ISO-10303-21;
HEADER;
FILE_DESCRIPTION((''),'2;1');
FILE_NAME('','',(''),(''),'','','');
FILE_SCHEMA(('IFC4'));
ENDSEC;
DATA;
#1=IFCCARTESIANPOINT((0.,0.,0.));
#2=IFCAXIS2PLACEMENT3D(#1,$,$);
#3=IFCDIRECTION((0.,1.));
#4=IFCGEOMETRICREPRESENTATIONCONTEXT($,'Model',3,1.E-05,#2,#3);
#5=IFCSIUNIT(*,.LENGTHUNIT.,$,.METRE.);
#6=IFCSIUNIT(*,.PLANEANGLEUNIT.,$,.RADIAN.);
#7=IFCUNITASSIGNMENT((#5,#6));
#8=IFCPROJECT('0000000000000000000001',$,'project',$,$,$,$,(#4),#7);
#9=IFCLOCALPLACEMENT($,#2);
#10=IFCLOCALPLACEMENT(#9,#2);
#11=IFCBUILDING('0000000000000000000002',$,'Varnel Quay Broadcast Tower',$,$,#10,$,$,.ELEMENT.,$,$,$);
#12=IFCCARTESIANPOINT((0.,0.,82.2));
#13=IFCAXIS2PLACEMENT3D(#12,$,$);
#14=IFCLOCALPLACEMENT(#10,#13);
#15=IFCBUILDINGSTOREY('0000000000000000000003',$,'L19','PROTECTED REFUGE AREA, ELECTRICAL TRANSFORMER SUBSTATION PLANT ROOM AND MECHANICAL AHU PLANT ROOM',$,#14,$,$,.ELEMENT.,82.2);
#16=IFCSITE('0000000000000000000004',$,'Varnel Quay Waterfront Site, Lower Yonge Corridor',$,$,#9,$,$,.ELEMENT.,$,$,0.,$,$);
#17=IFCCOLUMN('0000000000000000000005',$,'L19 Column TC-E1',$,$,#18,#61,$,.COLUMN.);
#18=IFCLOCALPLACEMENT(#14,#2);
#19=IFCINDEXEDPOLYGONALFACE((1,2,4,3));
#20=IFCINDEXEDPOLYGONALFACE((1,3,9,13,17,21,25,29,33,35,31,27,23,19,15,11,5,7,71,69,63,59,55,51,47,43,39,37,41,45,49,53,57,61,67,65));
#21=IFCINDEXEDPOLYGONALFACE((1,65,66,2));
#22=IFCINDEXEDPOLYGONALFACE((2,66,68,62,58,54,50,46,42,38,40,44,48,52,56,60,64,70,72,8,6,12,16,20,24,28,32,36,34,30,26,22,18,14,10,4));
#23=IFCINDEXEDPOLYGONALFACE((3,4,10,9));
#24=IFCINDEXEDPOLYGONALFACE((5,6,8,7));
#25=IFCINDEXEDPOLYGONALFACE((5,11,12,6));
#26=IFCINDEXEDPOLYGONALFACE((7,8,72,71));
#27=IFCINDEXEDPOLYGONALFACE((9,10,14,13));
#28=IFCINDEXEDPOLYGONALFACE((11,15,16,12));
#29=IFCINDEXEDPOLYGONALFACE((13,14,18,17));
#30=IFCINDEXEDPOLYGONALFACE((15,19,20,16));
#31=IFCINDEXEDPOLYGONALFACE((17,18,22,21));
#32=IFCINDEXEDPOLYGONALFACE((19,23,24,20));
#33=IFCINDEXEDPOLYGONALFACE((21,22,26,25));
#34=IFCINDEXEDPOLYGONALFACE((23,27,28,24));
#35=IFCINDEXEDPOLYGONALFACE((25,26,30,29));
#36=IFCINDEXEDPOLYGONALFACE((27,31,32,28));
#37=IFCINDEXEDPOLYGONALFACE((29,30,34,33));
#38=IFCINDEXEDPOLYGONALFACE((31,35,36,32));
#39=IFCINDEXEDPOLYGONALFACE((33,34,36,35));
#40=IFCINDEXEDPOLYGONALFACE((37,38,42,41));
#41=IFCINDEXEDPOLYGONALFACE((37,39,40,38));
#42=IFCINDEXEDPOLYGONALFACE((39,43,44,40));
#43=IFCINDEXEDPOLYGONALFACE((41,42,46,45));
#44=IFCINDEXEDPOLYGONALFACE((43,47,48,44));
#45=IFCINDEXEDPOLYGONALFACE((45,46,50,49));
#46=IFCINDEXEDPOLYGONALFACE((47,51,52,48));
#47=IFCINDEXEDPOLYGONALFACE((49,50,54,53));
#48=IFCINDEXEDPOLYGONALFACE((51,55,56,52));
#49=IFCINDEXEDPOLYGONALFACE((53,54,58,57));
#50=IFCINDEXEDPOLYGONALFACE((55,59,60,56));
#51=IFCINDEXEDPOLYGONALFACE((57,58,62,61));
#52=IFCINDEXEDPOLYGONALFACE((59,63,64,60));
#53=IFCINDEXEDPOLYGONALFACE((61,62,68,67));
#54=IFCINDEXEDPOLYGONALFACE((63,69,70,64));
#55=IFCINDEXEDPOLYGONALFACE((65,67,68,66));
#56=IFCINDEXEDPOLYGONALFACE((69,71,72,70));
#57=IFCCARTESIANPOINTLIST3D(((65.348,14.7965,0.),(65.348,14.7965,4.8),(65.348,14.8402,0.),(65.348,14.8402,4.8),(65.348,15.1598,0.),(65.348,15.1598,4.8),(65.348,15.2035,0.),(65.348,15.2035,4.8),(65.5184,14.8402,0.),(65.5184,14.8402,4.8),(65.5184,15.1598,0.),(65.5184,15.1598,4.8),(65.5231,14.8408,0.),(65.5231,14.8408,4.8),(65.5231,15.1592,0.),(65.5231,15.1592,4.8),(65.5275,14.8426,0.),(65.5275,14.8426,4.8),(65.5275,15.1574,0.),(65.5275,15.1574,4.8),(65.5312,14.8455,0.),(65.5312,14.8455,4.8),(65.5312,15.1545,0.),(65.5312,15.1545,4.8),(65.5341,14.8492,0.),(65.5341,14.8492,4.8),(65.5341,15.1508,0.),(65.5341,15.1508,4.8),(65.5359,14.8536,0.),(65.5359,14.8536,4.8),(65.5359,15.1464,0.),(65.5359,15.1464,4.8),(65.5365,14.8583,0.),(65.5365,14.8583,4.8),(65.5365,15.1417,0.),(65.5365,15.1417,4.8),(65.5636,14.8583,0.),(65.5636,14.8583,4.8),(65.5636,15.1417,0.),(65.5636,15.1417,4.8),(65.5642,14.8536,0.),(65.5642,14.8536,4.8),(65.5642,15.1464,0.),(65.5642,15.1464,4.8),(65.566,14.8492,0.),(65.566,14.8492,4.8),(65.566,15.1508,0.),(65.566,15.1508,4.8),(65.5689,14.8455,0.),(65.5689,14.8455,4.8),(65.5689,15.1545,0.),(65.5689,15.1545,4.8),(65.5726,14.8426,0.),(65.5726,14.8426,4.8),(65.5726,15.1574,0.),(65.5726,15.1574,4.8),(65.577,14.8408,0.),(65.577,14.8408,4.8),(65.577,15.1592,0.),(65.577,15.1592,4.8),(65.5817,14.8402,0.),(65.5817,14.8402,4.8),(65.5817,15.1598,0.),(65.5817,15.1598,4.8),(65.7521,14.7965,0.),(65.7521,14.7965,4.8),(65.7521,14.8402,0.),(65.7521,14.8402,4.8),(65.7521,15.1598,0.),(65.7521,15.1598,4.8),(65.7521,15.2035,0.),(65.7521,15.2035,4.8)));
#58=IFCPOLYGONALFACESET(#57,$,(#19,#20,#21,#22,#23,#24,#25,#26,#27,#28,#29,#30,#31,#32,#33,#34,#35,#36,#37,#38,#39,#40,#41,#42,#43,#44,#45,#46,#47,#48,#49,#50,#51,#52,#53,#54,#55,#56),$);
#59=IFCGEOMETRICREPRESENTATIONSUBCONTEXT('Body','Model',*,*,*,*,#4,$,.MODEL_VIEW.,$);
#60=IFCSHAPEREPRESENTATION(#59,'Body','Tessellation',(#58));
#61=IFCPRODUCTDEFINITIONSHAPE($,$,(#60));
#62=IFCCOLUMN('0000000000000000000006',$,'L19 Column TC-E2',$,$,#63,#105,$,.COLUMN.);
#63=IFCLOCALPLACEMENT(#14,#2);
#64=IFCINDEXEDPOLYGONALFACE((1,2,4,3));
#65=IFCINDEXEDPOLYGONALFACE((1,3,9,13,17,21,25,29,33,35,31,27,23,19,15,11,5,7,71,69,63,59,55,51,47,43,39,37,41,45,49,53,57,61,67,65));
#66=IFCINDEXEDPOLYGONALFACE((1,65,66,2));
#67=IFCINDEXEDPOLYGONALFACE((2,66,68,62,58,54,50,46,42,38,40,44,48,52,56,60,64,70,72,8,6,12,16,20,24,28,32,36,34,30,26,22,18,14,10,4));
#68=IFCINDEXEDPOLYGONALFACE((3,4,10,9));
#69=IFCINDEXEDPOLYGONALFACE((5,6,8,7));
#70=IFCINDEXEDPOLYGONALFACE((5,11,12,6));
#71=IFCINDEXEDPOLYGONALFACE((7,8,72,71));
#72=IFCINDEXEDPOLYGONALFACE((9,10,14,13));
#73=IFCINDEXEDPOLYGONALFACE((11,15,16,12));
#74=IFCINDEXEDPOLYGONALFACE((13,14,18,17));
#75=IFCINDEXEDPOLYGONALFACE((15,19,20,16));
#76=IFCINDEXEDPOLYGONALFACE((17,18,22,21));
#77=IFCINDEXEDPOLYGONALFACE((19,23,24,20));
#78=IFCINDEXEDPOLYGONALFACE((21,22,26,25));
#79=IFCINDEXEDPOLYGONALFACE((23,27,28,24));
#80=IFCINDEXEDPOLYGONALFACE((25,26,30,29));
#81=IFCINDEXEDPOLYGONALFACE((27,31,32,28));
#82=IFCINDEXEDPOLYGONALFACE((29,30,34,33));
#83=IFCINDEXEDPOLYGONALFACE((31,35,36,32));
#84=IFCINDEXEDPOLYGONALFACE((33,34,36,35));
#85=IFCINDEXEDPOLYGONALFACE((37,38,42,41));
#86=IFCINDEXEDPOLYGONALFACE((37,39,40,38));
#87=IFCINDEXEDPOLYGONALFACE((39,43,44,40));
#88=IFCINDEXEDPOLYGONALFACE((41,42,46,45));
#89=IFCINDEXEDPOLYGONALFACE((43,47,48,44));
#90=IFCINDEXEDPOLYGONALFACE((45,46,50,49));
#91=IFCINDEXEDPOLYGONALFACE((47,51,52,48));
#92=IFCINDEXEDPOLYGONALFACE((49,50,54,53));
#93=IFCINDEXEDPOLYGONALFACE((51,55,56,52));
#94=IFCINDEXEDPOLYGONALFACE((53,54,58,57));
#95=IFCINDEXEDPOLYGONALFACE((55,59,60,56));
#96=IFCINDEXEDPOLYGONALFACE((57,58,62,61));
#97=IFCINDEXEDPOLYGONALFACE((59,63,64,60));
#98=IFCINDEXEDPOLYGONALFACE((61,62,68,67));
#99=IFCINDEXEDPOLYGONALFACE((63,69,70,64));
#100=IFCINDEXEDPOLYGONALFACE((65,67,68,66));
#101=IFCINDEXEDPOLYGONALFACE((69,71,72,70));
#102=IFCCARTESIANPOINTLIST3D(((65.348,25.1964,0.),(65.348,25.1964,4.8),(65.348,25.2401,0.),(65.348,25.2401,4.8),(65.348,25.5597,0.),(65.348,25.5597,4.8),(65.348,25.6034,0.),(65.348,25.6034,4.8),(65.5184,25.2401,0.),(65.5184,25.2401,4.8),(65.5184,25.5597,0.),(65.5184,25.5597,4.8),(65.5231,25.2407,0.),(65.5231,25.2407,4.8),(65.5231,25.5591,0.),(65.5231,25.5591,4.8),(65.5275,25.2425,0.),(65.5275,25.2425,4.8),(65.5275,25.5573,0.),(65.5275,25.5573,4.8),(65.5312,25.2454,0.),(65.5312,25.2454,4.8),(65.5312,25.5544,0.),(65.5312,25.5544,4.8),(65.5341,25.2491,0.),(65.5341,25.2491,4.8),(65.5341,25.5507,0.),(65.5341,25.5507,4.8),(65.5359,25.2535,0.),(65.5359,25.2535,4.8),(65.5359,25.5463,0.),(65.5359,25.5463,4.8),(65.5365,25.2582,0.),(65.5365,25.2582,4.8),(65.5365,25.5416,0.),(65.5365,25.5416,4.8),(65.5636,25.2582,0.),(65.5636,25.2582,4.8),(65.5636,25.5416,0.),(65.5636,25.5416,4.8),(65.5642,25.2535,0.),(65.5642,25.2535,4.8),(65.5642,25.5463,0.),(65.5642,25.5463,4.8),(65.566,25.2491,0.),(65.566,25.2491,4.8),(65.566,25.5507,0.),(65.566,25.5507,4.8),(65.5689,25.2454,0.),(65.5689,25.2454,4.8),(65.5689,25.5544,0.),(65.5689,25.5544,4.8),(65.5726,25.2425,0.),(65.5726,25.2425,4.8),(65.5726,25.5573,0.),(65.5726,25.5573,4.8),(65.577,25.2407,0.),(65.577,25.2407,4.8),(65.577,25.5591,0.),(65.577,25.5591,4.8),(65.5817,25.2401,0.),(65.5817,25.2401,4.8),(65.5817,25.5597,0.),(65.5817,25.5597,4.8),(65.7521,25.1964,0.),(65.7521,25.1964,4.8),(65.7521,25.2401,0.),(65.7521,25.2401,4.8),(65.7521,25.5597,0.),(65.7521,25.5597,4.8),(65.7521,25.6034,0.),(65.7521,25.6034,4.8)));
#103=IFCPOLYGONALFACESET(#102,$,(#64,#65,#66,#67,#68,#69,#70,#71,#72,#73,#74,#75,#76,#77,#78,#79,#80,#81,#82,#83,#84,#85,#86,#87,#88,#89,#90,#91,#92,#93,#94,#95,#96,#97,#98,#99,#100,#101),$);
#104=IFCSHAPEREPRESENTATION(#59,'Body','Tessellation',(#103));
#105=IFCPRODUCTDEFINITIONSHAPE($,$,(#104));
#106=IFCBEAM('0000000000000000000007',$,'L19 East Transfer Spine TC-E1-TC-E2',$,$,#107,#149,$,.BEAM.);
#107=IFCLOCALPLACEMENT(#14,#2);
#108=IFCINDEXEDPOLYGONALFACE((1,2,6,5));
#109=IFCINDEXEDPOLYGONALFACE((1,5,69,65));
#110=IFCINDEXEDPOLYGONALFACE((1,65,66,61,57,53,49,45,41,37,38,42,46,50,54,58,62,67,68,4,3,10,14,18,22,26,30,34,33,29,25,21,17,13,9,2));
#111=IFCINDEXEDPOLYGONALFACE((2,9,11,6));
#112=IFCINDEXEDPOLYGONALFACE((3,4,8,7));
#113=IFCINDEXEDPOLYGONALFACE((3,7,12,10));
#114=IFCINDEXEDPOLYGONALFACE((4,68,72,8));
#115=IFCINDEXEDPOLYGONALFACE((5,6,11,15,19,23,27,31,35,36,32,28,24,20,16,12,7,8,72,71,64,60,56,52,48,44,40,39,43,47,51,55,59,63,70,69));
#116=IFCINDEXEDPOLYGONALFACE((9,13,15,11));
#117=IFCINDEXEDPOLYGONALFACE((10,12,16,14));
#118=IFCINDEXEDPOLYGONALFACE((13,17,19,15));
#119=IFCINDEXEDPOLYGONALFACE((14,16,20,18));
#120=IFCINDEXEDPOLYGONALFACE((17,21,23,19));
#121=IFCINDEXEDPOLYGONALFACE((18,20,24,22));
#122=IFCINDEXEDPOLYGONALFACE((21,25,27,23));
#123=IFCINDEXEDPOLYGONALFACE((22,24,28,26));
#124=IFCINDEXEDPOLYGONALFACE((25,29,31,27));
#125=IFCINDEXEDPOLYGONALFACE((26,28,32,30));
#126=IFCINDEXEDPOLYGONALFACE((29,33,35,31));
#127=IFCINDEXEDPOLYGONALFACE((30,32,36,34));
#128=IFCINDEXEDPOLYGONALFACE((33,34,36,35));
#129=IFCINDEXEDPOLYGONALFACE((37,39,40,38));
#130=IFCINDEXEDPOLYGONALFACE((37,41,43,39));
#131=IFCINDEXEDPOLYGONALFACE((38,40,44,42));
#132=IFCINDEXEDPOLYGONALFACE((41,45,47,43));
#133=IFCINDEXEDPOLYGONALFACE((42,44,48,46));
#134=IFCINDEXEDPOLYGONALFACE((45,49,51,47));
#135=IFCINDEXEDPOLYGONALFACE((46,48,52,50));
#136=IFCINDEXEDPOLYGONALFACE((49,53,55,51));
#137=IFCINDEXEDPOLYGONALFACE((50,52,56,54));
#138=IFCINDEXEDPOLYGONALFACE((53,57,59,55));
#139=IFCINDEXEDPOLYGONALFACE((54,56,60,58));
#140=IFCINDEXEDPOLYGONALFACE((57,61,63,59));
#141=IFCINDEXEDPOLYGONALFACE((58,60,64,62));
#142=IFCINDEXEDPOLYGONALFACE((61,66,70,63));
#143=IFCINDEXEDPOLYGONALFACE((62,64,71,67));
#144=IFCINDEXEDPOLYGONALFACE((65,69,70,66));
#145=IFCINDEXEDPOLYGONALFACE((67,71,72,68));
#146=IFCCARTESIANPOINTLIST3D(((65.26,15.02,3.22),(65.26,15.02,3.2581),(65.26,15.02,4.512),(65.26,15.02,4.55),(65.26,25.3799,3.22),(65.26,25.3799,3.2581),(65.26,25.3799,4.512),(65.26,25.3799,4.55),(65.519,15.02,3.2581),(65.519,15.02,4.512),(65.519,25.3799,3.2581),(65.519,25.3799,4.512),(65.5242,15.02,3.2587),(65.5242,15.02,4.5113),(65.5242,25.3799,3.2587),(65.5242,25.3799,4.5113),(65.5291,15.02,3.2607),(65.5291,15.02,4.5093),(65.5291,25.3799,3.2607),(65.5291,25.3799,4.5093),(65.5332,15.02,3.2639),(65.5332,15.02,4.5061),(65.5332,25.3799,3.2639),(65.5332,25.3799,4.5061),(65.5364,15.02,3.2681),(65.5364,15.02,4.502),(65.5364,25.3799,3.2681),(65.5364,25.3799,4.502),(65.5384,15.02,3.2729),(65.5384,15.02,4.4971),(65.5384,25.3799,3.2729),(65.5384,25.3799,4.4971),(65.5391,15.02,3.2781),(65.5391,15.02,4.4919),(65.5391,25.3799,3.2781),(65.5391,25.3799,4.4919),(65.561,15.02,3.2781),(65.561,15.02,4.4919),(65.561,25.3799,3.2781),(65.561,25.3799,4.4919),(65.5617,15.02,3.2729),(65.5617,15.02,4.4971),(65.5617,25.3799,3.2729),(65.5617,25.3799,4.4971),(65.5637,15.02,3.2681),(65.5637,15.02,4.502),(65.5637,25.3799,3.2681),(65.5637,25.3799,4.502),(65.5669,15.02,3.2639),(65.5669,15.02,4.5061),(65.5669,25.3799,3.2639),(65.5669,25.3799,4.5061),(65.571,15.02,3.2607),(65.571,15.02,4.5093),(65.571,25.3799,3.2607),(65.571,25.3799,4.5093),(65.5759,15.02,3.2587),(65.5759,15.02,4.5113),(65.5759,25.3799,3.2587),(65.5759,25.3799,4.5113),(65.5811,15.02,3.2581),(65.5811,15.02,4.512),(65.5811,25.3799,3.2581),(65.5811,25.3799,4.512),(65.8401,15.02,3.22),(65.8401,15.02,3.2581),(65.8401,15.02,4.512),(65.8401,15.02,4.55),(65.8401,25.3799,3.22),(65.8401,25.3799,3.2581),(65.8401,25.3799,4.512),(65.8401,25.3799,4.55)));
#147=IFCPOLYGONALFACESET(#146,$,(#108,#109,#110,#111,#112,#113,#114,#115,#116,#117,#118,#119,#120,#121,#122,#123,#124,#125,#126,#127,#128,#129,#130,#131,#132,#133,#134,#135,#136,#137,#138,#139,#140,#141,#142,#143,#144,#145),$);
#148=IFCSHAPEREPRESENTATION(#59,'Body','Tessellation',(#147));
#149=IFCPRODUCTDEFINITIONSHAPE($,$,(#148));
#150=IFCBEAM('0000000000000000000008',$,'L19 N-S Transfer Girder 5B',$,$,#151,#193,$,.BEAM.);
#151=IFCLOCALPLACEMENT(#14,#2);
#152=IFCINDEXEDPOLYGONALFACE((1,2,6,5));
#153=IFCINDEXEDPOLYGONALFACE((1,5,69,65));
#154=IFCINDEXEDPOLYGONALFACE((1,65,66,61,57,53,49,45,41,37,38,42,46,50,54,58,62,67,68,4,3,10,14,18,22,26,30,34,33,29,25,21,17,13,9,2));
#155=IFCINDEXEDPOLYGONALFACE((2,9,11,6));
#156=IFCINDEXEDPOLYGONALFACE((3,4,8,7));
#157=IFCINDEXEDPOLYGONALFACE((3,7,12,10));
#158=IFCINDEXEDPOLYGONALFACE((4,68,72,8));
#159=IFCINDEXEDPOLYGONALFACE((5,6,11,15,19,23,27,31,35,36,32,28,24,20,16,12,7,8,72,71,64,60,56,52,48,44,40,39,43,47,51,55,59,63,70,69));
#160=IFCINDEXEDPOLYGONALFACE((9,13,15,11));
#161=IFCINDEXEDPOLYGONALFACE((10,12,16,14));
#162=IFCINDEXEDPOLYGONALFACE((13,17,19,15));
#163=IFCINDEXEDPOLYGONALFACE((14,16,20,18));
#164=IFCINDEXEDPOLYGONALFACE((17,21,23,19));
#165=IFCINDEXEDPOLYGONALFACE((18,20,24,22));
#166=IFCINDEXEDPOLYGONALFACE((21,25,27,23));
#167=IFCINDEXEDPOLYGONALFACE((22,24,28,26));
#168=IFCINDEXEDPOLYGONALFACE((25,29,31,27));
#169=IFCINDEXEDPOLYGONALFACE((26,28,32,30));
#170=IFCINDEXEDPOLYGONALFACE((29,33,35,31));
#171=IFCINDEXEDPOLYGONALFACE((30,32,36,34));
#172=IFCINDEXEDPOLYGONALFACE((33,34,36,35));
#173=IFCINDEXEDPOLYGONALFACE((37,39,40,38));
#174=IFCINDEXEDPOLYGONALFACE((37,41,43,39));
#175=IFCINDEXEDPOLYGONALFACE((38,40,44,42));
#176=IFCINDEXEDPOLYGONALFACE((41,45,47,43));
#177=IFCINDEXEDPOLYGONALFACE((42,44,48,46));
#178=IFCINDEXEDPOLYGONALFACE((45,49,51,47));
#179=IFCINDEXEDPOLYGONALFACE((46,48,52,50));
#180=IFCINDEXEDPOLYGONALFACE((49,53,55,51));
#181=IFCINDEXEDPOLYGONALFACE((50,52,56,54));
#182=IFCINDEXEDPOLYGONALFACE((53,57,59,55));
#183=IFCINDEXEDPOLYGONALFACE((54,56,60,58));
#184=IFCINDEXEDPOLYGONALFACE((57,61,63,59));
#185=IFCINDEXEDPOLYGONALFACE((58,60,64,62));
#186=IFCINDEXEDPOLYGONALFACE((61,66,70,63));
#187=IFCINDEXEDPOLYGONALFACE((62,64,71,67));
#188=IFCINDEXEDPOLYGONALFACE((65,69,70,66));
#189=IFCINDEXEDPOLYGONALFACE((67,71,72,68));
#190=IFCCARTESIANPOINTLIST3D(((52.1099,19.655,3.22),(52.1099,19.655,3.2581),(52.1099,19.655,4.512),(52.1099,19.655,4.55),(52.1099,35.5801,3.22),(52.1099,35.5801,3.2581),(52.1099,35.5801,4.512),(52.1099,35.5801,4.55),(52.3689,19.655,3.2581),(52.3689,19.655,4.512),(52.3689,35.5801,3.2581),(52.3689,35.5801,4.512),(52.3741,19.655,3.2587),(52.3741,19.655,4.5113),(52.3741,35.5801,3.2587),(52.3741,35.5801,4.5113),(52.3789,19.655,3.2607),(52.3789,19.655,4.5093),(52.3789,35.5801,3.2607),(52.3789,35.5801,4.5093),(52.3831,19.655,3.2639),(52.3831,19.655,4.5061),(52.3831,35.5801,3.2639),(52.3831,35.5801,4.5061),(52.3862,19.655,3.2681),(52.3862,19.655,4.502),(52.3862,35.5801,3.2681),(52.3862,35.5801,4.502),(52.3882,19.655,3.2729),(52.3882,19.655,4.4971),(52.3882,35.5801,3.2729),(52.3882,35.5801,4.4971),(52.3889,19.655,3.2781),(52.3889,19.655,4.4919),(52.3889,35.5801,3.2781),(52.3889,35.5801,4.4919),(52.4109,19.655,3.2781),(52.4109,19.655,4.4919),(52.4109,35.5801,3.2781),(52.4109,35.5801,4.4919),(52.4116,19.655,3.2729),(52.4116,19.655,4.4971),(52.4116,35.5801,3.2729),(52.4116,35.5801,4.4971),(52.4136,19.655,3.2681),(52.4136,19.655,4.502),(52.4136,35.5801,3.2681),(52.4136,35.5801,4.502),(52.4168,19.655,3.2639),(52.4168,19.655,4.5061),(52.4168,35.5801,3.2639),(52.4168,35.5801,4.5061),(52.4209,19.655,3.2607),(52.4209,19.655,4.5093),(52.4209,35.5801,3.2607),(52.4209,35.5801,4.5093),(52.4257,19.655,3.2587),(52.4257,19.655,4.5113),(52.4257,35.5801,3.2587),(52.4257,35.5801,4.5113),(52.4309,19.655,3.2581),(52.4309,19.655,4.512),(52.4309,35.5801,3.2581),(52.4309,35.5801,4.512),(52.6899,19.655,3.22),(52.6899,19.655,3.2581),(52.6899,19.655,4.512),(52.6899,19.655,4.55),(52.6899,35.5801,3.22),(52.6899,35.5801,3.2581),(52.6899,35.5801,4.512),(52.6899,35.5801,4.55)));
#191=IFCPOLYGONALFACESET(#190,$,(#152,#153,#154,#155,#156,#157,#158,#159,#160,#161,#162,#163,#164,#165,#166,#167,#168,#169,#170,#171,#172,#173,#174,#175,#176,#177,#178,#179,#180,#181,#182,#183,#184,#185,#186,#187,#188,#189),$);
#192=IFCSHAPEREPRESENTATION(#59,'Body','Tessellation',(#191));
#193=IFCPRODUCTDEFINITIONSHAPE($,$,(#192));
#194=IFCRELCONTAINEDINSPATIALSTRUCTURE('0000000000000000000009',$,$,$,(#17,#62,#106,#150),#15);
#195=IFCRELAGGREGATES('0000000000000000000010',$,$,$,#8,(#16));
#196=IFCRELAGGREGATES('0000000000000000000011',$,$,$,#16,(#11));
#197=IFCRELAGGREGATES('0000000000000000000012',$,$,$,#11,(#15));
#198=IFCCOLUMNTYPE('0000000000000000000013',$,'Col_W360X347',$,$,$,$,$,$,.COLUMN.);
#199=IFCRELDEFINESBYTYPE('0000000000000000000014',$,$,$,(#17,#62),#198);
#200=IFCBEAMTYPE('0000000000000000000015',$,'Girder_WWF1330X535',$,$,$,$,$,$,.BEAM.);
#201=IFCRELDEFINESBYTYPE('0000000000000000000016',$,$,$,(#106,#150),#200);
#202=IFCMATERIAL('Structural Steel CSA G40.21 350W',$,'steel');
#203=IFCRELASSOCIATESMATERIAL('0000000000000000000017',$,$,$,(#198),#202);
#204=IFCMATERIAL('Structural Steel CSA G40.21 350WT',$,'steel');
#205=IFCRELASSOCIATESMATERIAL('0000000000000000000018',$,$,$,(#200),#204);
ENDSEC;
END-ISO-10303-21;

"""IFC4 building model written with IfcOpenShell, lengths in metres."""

from ifc_helpers import new_model, si_unit, direction, frame, origin, origin_2d, place, context, subcontext, project, spatial, i_section, extrude, source, transform, mapped, material, material_profile, profile_set, type_object, type_shapes, element, save


model = new_model("IFC4")

# Units and contexts
model_context = context("Model", 3, precision=1e-05, world=origin(), true_north=direction((0.0, 1.0)))
body_context = subcontext(model_context, "Body", "Model", "MODEL_VIEW")
ifc_project = project(units=[si_unit("LENGTHUNIT", "METRE"), si_unit("PLANEANGLEUNIT", "RADIAN")], contexts=[model_context])

# Site, building, storey
site_placement = place(None, origin())
site = spatial("IfcSite", under=ifc_project, at=site_placement, Name="Varnel Quay Waterfront Site, Lower Yonge Corridor", CompositionType="ELEMENT", RefElevation=0.0)
building_placement = place(site_placement, origin())
building = spatial("IfcBuilding", under=site, at=building_placement, Name="Varnel Quay Broadcast Tower", CompositionType="ELEMENT")
storey_placement = place(building_placement, frame((0.0, 0.0, 82.2)))
storey = spatial("IfcBuildingStorey", under=building, at=storey_placement, Name="L19", Description="PROTECTED REFUGE AREA, ELECTRICAL TRANSFORMER SUBSTATION PLANT ROOM AND MECHANICAL AHU PLANT ROOM", CompositionType="ELEMENT", Elevation=82.2)

# Columns
ifc_material_1 = material(Name="Structural Steel CSA G40.21 350W", Category="steel")
ifc_material_profile_1 = material_profile(ifc_material_1, i_section(OverallWidth=0.4041, OverallDepth=0.407, WebThickness=0.0271, FlangeThickness=0.0437, FilletRadius=0.0181, at=origin_2d()), Name="W360X347")
ifc_profile_set_1 = profile_set([ifc_material_profile_1], Name="Structural Steel CSA G40.21 350W")
column_type = type_object("IfcColumnType", Name="Col_W360X347", PredefinedType="COLUMN", material=ifc_profile_set_1)
shared_shape_1 = source(origin(), body_context, "Body", "SweptSolid", [
    extrude(i_section(OverallWidth=0.4041, OverallDepth=0.407, WebThickness=0.0271, FlangeThickness=0.0437, FilletRadius=0.0181, at=origin_2d()), origin(), (0.0, 0.0, 1.0), 4.8),
])
type_shapes(column_type, [shared_shape_1])
for number, where, z_axis, x_axis, name in (
    (1, (65.55, 15.0, 0.0), (0.0, 0.0, 1.0), (1.0, 0.0, 0.0), "L19 Column TC-E1"),
    (2, (65.55, 25.3999, 0.0), (0.0, 0.0, 1.0), (1.0, 0.0, 0.0), "L19 Column TC-E2"),
):
    element("IfcColumn", number, at=place(storey_placement, frame(where, z_axis=z_axis, x_axis=x_axis)), inside=storey, type_object=column_type, Name=name, PredefinedType="COLUMN", context=body_context, shape_type="MappedRepresentation", body=[
        mapped(shared_shape_1, transform((0.0, 0.0, 0.0), x_axis=(1.0, 0.0, 0.0), y_axis=(0.0, 1.0, 0.0), z_axis=(0.0, 0.0, 1.0), scale=1.0)),
    ])

# Beams
ifc_material_2 = material(Name="Structural Steel CSA G40.21 350WT", Category="steel")
ifc_material_profile_2 = material_profile(ifc_material_2, i_section(OverallWidth=0.5801, OverallDepth=1.3301, WebThickness=0.022, FlangeThickness=0.0381, FilletRadius=0.02, at=origin_2d()), Name="WWF1330X535")
ifc_profile_set_2 = profile_set([ifc_material_profile_2], Name="Structural Steel CSA G40.21 350WT")
beam_type = type_object("IfcBeamType", Name="Girder_WWF1330X535", PredefinedType="BEAM", material=ifc_profile_set_2)
shared_shape_2 = source(origin(), body_context, "Body", "SweptSolid", [
    extrude(i_section(OverallWidth=0.5801, OverallDepth=1.3301, WebThickness=0.022, FlangeThickness=0.0381, FilletRadius=0.02, at=origin_2d()), origin(), (0.0, 0.0, 1.0), 10.3599),
])
beam_1_placement = place(storey_placement, frame((65.55, 15.02, 3.885), z_axis=(0.0, 1.0, 0.0), x_axis=(-1.0, 0.0, 0.0)))
element("IfcBeam", 3, at=beam_1_placement, inside=storey, type_object=beam_type, Name="L19 East Transfer Spine TC-E1-TC-E2", PredefinedType="BEAM", context=body_context, shape_type="MappedRepresentation", body=[
    mapped(shared_shape_2, transform((0.0, 0.0, 0.0), x_axis=(1.0, 0.0, 0.0), y_axis=(0.0, 1.0, 0.0), z_axis=(0.0, 0.0, 1.0), scale=1.0)),
])
shared_shape_3 = source(origin(), body_context, "Body", "SweptSolid", [
    extrude(i_section(OverallWidth=0.5801, OverallDepth=1.3301, WebThickness=0.022, FlangeThickness=0.0381, FilletRadius=0.02, at=origin_2d()), origin(), (0.0, 0.0, 1.0), 15.925),
])
beam_2_placement = place(storey_placement, frame((52.3999, 19.655, 3.885), z_axis=(0.0, 1.0, 0.0), x_axis=(-1.0, 0.0, 0.0)))
element("IfcBeam", 4, at=beam_2_placement, inside=storey, type_object=beam_type, Name="L19 N-S Transfer Girder 5B", PredefinedType="BEAM", context=body_context, shape_type="MappedRepresentation", body=[
    mapped(shared_shape_3, transform((0.0, 0.0, 0.0), x_axis=(1.0, 0.0, 0.0), y_axis=(0.0, 1.0, 0.0), z_axis=(0.0, 0.0, 1.0), scale=1.0)),
])

save(model, "model.ifc")
